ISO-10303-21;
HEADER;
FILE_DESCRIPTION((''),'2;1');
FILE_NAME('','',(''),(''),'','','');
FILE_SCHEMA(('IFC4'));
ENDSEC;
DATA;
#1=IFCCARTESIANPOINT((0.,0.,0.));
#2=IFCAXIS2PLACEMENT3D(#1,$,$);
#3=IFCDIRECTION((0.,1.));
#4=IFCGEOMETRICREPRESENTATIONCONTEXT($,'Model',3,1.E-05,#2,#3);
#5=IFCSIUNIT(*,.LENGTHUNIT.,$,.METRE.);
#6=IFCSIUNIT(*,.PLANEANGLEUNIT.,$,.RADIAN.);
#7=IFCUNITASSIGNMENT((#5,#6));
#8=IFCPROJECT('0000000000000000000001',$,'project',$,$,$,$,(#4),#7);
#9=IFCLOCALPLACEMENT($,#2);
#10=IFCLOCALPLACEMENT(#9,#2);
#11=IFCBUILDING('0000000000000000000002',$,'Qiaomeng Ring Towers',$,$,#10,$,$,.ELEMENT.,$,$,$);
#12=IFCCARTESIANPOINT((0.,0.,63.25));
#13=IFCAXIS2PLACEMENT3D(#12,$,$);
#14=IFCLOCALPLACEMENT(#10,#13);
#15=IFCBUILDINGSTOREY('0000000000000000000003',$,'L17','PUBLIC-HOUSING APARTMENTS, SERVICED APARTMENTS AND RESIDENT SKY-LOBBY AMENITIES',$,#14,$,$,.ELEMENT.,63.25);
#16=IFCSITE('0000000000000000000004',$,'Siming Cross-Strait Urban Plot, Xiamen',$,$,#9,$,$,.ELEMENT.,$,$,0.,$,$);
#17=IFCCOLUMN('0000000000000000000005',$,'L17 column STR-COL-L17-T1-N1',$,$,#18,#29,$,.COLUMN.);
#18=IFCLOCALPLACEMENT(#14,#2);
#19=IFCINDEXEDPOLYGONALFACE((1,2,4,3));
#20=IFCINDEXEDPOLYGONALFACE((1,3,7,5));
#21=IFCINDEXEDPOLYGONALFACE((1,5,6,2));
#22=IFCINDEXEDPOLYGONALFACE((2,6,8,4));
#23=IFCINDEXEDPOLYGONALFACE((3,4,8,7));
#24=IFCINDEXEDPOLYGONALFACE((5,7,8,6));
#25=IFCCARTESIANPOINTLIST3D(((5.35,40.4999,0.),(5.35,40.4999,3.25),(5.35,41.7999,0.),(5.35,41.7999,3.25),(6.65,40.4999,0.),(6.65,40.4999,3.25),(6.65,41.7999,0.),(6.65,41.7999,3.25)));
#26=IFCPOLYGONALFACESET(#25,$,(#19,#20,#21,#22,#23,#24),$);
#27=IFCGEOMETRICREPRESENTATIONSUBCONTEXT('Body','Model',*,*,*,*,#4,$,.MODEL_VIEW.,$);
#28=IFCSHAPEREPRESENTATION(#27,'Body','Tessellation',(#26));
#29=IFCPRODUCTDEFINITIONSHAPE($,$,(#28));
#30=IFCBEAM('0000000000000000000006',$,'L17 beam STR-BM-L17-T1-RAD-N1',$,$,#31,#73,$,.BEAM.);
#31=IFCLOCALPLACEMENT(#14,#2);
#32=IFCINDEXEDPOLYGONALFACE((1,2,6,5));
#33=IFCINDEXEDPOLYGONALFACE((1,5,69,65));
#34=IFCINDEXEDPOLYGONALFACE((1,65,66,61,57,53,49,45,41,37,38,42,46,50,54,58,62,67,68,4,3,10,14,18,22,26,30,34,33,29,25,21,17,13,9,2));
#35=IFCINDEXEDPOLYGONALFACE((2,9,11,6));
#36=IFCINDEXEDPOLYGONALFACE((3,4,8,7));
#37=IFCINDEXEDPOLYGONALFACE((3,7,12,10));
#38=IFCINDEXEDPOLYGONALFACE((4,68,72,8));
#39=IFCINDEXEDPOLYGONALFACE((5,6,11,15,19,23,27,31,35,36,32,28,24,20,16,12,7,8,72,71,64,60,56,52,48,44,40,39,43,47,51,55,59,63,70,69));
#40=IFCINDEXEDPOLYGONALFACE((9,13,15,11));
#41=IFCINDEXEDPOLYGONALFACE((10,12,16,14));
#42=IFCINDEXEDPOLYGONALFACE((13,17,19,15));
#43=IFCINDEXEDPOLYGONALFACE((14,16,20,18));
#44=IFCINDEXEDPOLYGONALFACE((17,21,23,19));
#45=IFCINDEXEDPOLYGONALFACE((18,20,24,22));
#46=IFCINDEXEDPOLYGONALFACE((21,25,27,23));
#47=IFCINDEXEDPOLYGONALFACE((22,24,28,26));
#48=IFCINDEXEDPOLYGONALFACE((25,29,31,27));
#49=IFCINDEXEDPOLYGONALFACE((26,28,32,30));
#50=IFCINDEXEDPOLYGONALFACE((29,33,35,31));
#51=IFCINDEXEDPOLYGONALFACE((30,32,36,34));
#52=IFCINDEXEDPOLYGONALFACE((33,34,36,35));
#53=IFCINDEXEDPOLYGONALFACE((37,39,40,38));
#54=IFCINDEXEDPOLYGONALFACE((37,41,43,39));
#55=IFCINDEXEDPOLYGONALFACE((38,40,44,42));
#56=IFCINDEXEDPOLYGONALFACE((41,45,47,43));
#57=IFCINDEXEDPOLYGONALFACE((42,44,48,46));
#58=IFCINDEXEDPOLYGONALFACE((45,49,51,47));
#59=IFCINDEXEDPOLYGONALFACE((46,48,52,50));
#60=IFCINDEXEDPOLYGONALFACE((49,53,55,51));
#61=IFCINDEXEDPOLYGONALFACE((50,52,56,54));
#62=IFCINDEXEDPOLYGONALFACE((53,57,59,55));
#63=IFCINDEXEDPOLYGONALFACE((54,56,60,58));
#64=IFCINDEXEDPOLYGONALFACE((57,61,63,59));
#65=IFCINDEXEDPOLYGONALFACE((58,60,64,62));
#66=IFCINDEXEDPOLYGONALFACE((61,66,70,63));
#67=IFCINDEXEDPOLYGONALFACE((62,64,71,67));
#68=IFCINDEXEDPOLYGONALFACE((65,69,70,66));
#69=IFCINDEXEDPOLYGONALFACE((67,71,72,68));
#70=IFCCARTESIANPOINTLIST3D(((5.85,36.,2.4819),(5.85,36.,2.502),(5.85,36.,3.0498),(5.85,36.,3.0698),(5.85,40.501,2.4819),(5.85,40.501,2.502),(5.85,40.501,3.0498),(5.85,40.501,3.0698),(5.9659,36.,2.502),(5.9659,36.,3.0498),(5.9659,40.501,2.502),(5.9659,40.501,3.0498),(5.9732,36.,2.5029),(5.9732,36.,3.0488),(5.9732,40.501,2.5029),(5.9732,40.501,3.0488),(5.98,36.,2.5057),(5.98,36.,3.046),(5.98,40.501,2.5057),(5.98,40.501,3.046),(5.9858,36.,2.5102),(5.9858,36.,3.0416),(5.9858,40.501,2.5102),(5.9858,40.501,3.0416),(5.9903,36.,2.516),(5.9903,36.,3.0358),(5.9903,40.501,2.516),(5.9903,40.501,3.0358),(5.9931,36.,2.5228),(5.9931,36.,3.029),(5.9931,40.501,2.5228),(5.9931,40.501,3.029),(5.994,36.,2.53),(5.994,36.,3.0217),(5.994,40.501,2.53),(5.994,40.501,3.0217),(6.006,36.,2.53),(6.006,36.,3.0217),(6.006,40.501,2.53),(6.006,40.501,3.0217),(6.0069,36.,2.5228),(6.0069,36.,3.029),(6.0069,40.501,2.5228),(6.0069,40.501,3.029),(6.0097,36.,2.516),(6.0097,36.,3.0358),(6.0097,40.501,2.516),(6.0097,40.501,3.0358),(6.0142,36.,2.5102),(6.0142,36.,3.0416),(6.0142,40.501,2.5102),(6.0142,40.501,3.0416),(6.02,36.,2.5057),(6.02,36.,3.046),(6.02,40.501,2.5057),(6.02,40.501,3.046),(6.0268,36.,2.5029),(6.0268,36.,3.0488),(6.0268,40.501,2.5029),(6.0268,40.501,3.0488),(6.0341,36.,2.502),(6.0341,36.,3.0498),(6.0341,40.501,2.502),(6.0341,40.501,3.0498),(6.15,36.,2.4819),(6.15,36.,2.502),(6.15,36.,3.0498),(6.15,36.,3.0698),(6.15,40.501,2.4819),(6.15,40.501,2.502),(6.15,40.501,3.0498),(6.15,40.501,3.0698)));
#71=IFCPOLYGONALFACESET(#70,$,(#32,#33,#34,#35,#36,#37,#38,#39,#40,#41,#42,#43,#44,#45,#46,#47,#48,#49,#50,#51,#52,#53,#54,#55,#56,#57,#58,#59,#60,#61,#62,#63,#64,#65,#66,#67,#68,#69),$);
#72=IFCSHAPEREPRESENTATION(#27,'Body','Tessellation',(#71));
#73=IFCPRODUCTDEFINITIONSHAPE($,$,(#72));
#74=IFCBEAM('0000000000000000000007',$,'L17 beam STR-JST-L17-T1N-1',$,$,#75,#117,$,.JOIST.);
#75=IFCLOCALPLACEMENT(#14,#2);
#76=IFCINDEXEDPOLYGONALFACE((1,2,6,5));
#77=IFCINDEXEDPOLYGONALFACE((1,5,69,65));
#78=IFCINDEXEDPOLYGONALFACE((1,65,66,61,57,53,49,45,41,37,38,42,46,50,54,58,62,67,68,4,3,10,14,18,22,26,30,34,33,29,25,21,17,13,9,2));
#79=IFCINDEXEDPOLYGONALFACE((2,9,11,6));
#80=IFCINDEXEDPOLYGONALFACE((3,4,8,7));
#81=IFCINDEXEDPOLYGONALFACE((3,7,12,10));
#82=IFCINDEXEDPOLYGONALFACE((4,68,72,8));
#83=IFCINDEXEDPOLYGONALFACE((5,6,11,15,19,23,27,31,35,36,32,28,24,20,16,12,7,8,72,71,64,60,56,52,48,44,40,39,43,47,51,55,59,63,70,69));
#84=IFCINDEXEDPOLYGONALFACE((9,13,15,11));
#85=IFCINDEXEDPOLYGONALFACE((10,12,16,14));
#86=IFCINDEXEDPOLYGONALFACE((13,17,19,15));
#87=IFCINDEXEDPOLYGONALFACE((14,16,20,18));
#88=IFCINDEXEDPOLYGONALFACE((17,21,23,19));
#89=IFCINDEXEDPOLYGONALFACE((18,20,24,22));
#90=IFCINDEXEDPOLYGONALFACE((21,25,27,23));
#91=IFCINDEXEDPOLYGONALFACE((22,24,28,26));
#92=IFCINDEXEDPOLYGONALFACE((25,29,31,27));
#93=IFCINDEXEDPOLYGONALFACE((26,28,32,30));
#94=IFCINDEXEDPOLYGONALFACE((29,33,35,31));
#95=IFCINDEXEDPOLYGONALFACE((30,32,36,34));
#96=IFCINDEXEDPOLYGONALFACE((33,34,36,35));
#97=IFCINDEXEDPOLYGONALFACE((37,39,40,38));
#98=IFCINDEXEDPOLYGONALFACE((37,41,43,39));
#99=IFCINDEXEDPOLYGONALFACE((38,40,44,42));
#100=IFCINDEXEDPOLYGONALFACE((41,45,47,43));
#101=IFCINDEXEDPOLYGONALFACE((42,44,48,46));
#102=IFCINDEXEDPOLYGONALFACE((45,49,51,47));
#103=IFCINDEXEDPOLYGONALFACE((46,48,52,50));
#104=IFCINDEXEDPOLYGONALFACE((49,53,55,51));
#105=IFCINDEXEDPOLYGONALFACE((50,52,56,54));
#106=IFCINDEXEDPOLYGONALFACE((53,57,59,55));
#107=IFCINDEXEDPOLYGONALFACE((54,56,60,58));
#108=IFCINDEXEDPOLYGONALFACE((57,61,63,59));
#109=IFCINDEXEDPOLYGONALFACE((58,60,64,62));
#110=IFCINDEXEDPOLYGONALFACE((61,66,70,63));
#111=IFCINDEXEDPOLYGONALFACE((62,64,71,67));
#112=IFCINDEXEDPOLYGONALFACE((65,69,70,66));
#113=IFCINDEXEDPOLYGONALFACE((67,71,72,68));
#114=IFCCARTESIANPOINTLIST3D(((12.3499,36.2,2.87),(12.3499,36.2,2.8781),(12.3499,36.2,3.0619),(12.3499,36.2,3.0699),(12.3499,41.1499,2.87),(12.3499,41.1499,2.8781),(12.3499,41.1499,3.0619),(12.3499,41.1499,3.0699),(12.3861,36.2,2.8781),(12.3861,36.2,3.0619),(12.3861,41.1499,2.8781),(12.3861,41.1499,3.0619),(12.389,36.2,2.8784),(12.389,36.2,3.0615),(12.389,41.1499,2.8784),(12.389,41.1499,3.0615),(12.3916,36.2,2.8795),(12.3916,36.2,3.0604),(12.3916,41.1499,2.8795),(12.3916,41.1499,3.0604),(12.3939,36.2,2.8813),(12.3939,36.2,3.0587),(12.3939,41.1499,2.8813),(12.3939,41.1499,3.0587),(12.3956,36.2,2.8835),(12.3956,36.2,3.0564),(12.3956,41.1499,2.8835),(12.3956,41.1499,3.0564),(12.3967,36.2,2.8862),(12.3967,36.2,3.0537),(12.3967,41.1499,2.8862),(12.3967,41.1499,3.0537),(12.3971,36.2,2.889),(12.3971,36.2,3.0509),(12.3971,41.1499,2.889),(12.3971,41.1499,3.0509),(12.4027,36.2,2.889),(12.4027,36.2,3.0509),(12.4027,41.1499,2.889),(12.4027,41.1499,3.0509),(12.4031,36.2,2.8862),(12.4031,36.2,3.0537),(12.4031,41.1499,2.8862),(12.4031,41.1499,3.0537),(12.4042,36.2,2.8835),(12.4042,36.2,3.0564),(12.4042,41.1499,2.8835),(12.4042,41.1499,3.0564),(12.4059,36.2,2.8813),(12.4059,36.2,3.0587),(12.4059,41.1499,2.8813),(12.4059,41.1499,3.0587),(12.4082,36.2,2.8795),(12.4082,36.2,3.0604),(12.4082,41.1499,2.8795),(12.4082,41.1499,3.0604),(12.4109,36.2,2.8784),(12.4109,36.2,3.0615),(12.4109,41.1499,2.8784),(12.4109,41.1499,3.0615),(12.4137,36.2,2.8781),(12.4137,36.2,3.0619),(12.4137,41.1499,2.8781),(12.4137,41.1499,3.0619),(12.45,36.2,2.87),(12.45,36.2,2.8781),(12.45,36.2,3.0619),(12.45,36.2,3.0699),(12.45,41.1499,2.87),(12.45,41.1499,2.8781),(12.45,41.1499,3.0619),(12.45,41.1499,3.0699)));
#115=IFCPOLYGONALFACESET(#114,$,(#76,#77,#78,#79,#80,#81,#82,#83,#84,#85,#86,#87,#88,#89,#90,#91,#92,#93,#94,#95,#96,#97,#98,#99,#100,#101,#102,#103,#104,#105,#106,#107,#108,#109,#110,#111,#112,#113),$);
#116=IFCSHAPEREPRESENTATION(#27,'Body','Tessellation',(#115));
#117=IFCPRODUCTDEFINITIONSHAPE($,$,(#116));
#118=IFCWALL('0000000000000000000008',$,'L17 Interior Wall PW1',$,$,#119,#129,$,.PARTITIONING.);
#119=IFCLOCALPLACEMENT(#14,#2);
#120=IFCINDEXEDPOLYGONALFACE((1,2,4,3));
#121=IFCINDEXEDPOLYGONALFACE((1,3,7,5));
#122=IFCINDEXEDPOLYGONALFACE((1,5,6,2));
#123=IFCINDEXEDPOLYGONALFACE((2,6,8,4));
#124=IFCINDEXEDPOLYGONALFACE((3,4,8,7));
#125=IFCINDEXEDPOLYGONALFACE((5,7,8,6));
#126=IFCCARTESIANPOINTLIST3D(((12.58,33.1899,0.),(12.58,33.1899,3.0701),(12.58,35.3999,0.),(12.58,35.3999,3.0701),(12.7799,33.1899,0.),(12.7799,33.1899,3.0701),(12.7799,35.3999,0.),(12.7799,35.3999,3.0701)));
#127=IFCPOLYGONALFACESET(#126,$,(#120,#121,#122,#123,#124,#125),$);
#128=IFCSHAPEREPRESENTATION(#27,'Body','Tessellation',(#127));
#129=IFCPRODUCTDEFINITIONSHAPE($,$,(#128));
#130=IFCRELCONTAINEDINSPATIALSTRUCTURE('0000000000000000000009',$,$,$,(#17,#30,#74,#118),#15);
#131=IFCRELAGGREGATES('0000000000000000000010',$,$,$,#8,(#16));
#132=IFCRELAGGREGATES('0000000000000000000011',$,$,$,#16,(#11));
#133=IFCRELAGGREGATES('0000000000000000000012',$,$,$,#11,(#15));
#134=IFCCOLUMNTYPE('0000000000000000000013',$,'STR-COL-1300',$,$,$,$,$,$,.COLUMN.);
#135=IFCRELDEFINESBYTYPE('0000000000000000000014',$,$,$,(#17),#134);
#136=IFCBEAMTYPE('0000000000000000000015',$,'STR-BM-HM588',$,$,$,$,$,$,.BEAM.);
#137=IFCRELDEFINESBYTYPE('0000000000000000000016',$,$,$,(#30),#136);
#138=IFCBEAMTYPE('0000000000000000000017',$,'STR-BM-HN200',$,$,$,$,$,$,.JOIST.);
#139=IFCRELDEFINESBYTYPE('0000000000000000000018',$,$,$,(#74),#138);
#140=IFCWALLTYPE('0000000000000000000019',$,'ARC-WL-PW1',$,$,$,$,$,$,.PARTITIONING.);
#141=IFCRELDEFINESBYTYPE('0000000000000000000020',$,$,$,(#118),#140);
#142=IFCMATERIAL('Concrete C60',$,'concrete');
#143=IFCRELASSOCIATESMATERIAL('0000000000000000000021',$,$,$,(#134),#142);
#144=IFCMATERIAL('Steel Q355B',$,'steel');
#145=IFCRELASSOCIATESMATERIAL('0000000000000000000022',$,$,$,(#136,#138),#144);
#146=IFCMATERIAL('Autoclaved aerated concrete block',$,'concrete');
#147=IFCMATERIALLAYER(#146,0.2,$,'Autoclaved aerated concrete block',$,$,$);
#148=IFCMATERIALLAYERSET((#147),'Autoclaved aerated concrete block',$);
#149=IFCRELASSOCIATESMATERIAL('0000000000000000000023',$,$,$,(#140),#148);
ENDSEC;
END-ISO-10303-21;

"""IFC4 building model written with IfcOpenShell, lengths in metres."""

from ifc_helpers import new_model, si_unit, direction, frame, frame_2d, origin, origin_2d, place, context, subcontext, project, spatial, rectangle, i_section, extrude, source, transform, mapped, material, layer, layer_set, material_profile, profile_set, type_object, element, save


model = new_model("IFC4")

# Units and contexts
model_context = context("Model", 3, precision=1e-05, world=origin(), true_north=direction((0.0, 1.0)))
body_context = subcontext(model_context, "Body", "Model", "MODEL_VIEW")
ifc_project = project(units=[si_unit("LENGTHUNIT", "METRE"), si_unit("PLANEANGLEUNIT", "RADIAN")], contexts=[model_context])

# Site, building, storey
site_placement = place(None, origin())
site = spatial("IfcSite", under=ifc_project, at=site_placement, Name="Siming Cross-Strait Urban Plot, Xiamen", CompositionType="ELEMENT", RefElevation=0.0)
building_placement = place(site_placement, origin())
building = spatial("IfcBuilding", under=site, at=building_placement, Name="Qiaomeng Ring Towers", CompositionType="ELEMENT")
storey_placement = place(building_placement, frame((0.0, 0.0, 63.25)))
storey = spatial("IfcBuildingStorey", under=building, at=storey_placement, Name="L17", Description="PUBLIC-HOUSING APARTMENTS, SERVICED APARTMENTS AND RESIDENT SKY-LOBBY AMENITIES", CompositionType="ELEMENT", Elevation=63.25)

# Column
ifc_material_1 = material(Name="Concrete C60", Category="concrete")
ifc_material_profile_1 = material_profile(ifc_material_1, rectangle(XDim=1.3, YDim=1.3, at=origin_2d()), Name="RC COL 1300x1300")
ifc_profile_set_1 = profile_set([ifc_material_profile_1], Name="Concrete C60")
column_type = type_object("IfcColumnType", Name="STR-COL-1300", PredefinedType="COLUMN", material=ifc_profile_set_1)
shared_shape_1 = source(origin(), body_context, "Body", "SweptSolid", [
    extrude(rectangle(XDim=1.3, YDim=1.3, at=origin_2d()), origin(), (0.0, 0.0, 1.0), 3.25),
])
column_placement = place(storey_placement, frame((6.0, 41.1499, 0.0), z_axis=(0.0, 0.0, 1.0), x_axis=(1.0, 0.0, 0.0)))
element("IfcColumn", 1, at=column_placement, inside=storey, type_object=column_type, Name="L17 column STR-COL-L17-T1-N1", PredefinedType="COLUMN", context=body_context, shape_type="MappedRepresentation", body=[
    mapped(shared_shape_1, transform((0.0, 0.0, 0.0), x_axis=(1.0, 0.0, 0.0), y_axis=(0.0, 1.0, 0.0), z_axis=(0.0, 0.0, 1.0), scale=1.0)),
])

# Beams
ifc_material_2 = material(Name="Steel Q355B", Category="steel")
ifc_material_profile_2 = material_profile(ifc_material_2, i_section(OverallWidth=0.3, OverallDepth=0.5879, WebThickness=0.012, FlangeThickness=0.02, FilletRadius=0.0281, at=origin_2d()), Name="HM 588x300x12x20")
ifc_profile_set_2 = profile_set([ifc_material_profile_2], Name="Steel Q355B")
beam_type_1 = type_object("IfcBeamType", Name="STR-BM-HM588", PredefinedType="BEAM", material=ifc_profile_set_2)
shared_shape_2 = source(origin(), body_context, "Body", "SweptSolid", [
    extrude(i_section(OverallWidth=0.3, OverallDepth=0.5879, WebThickness=0.012, FlangeThickness=0.02, FilletRadius=0.0281, at=origin_2d()), origin(), (0.0, 0.0, 1.0), 4.501),
])
beam_1_placement = place(storey_placement, frame((6.0, 40.501, 2.7759), z_axis=(0.0, -1.0, 0.0), x_axis=(1.0, 0.0, 0.0)))
element("IfcBeam", 2, at=beam_1_placement, inside=storey, type_object=beam_type_1, Name="L17 beam STR-BM-L17-T1-RAD-N1", PredefinedType="BEAM", context=body_context, shape_type="MappedRepresentation", body=[
    mapped(shared_shape_2, transform((0.0, 0.0, 0.0), x_axis=(1.0, 0.0, 0.0), y_axis=(0.0, 1.0, 0.0), z_axis=(0.0, 0.0, 1.0), scale=1.0)),
])
ifc_material_profile_3 = material_profile(ifc_material_2, i_section(OverallWidth=0.1001, OverallDepth=0.2, WebThickness=0.0056, FlangeThickness=0.0081, FilletRadius=0.011, at=origin_2d()), Name="HN 200x100x5.5x8")
ifc_profile_set_3 = profile_set([ifc_material_profile_3], Name="Steel Q355B")
beam_type_2 = type_object("IfcBeamType", Name="STR-BM-HN200", PredefinedType="JOIST", material=ifc_profile_set_3)
shared_shape_3 = source(origin(), body_context, "Body", "SweptSolid", [
    extrude(i_section(OverallWidth=0.1001, OverallDepth=0.2, WebThickness=0.0056, FlangeThickness=0.0081, FilletRadius=0.011, at=origin_2d()), origin(), (0.0, 0.0, 1.0), 4.95),
])
beam_2_placement = place(storey_placement, frame((12.3999, 36.2, 2.97), z_axis=(0.0, 1.0, 0.0), x_axis=(-1.0, 0.0, 0.0)))
element("IfcBeam", 3, at=beam_2_placement, inside=storey, type_object=beam_type_2, Name="L17 beam STR-JST-L17-T1N-1", PredefinedType="JOIST", context=body_context, shape_type="MappedRepresentation", body=[
    mapped(shared_shape_3, transform((0.0, 0.0, 0.0), x_axis=(1.0, 0.0, 0.0), y_axis=(0.0, 1.0, 0.0), z_axis=(0.0, 0.0, 1.0), scale=1.0)),
])

# Wall
ifc_material_3 = material(Name="Autoclaved aerated concrete block", Category="concrete")
ifc_layer_1 = layer(ifc_material_3, 0.2, Name="Autoclaved aerated concrete block")
ifc_layer_set_1 = layer_set([ifc_layer_1], Name="Autoclaved aerated concrete block")
wall_type_1 = type_object("IfcWallType", Name="ARC-WL-PW1", PredefinedType="PARTITIONING", material=ifc_layer_set_1)
wall_1_placement = place(storey_placement, frame((12.6799, 33.1899, 0.0), z_axis=(0.0, 0.0, 1.0), x_axis=(0.0, 1.0, 0.0)))
element("IfcWall", 4, at=wall_1_placement, inside=storey, type_object=wall_type_1, Name="L17 Interior Wall PW1", PredefinedType="PARTITIONING", context=body_context, shape_type="SweptSolid", body=[
    extrude(rectangle(XDim=2.21, YDim=0.2, at=frame_2d((1.105, 0.0))), origin(), (0.0, 0.0, 1.0), 3.0701),
])

save(model, "model.ifc")
